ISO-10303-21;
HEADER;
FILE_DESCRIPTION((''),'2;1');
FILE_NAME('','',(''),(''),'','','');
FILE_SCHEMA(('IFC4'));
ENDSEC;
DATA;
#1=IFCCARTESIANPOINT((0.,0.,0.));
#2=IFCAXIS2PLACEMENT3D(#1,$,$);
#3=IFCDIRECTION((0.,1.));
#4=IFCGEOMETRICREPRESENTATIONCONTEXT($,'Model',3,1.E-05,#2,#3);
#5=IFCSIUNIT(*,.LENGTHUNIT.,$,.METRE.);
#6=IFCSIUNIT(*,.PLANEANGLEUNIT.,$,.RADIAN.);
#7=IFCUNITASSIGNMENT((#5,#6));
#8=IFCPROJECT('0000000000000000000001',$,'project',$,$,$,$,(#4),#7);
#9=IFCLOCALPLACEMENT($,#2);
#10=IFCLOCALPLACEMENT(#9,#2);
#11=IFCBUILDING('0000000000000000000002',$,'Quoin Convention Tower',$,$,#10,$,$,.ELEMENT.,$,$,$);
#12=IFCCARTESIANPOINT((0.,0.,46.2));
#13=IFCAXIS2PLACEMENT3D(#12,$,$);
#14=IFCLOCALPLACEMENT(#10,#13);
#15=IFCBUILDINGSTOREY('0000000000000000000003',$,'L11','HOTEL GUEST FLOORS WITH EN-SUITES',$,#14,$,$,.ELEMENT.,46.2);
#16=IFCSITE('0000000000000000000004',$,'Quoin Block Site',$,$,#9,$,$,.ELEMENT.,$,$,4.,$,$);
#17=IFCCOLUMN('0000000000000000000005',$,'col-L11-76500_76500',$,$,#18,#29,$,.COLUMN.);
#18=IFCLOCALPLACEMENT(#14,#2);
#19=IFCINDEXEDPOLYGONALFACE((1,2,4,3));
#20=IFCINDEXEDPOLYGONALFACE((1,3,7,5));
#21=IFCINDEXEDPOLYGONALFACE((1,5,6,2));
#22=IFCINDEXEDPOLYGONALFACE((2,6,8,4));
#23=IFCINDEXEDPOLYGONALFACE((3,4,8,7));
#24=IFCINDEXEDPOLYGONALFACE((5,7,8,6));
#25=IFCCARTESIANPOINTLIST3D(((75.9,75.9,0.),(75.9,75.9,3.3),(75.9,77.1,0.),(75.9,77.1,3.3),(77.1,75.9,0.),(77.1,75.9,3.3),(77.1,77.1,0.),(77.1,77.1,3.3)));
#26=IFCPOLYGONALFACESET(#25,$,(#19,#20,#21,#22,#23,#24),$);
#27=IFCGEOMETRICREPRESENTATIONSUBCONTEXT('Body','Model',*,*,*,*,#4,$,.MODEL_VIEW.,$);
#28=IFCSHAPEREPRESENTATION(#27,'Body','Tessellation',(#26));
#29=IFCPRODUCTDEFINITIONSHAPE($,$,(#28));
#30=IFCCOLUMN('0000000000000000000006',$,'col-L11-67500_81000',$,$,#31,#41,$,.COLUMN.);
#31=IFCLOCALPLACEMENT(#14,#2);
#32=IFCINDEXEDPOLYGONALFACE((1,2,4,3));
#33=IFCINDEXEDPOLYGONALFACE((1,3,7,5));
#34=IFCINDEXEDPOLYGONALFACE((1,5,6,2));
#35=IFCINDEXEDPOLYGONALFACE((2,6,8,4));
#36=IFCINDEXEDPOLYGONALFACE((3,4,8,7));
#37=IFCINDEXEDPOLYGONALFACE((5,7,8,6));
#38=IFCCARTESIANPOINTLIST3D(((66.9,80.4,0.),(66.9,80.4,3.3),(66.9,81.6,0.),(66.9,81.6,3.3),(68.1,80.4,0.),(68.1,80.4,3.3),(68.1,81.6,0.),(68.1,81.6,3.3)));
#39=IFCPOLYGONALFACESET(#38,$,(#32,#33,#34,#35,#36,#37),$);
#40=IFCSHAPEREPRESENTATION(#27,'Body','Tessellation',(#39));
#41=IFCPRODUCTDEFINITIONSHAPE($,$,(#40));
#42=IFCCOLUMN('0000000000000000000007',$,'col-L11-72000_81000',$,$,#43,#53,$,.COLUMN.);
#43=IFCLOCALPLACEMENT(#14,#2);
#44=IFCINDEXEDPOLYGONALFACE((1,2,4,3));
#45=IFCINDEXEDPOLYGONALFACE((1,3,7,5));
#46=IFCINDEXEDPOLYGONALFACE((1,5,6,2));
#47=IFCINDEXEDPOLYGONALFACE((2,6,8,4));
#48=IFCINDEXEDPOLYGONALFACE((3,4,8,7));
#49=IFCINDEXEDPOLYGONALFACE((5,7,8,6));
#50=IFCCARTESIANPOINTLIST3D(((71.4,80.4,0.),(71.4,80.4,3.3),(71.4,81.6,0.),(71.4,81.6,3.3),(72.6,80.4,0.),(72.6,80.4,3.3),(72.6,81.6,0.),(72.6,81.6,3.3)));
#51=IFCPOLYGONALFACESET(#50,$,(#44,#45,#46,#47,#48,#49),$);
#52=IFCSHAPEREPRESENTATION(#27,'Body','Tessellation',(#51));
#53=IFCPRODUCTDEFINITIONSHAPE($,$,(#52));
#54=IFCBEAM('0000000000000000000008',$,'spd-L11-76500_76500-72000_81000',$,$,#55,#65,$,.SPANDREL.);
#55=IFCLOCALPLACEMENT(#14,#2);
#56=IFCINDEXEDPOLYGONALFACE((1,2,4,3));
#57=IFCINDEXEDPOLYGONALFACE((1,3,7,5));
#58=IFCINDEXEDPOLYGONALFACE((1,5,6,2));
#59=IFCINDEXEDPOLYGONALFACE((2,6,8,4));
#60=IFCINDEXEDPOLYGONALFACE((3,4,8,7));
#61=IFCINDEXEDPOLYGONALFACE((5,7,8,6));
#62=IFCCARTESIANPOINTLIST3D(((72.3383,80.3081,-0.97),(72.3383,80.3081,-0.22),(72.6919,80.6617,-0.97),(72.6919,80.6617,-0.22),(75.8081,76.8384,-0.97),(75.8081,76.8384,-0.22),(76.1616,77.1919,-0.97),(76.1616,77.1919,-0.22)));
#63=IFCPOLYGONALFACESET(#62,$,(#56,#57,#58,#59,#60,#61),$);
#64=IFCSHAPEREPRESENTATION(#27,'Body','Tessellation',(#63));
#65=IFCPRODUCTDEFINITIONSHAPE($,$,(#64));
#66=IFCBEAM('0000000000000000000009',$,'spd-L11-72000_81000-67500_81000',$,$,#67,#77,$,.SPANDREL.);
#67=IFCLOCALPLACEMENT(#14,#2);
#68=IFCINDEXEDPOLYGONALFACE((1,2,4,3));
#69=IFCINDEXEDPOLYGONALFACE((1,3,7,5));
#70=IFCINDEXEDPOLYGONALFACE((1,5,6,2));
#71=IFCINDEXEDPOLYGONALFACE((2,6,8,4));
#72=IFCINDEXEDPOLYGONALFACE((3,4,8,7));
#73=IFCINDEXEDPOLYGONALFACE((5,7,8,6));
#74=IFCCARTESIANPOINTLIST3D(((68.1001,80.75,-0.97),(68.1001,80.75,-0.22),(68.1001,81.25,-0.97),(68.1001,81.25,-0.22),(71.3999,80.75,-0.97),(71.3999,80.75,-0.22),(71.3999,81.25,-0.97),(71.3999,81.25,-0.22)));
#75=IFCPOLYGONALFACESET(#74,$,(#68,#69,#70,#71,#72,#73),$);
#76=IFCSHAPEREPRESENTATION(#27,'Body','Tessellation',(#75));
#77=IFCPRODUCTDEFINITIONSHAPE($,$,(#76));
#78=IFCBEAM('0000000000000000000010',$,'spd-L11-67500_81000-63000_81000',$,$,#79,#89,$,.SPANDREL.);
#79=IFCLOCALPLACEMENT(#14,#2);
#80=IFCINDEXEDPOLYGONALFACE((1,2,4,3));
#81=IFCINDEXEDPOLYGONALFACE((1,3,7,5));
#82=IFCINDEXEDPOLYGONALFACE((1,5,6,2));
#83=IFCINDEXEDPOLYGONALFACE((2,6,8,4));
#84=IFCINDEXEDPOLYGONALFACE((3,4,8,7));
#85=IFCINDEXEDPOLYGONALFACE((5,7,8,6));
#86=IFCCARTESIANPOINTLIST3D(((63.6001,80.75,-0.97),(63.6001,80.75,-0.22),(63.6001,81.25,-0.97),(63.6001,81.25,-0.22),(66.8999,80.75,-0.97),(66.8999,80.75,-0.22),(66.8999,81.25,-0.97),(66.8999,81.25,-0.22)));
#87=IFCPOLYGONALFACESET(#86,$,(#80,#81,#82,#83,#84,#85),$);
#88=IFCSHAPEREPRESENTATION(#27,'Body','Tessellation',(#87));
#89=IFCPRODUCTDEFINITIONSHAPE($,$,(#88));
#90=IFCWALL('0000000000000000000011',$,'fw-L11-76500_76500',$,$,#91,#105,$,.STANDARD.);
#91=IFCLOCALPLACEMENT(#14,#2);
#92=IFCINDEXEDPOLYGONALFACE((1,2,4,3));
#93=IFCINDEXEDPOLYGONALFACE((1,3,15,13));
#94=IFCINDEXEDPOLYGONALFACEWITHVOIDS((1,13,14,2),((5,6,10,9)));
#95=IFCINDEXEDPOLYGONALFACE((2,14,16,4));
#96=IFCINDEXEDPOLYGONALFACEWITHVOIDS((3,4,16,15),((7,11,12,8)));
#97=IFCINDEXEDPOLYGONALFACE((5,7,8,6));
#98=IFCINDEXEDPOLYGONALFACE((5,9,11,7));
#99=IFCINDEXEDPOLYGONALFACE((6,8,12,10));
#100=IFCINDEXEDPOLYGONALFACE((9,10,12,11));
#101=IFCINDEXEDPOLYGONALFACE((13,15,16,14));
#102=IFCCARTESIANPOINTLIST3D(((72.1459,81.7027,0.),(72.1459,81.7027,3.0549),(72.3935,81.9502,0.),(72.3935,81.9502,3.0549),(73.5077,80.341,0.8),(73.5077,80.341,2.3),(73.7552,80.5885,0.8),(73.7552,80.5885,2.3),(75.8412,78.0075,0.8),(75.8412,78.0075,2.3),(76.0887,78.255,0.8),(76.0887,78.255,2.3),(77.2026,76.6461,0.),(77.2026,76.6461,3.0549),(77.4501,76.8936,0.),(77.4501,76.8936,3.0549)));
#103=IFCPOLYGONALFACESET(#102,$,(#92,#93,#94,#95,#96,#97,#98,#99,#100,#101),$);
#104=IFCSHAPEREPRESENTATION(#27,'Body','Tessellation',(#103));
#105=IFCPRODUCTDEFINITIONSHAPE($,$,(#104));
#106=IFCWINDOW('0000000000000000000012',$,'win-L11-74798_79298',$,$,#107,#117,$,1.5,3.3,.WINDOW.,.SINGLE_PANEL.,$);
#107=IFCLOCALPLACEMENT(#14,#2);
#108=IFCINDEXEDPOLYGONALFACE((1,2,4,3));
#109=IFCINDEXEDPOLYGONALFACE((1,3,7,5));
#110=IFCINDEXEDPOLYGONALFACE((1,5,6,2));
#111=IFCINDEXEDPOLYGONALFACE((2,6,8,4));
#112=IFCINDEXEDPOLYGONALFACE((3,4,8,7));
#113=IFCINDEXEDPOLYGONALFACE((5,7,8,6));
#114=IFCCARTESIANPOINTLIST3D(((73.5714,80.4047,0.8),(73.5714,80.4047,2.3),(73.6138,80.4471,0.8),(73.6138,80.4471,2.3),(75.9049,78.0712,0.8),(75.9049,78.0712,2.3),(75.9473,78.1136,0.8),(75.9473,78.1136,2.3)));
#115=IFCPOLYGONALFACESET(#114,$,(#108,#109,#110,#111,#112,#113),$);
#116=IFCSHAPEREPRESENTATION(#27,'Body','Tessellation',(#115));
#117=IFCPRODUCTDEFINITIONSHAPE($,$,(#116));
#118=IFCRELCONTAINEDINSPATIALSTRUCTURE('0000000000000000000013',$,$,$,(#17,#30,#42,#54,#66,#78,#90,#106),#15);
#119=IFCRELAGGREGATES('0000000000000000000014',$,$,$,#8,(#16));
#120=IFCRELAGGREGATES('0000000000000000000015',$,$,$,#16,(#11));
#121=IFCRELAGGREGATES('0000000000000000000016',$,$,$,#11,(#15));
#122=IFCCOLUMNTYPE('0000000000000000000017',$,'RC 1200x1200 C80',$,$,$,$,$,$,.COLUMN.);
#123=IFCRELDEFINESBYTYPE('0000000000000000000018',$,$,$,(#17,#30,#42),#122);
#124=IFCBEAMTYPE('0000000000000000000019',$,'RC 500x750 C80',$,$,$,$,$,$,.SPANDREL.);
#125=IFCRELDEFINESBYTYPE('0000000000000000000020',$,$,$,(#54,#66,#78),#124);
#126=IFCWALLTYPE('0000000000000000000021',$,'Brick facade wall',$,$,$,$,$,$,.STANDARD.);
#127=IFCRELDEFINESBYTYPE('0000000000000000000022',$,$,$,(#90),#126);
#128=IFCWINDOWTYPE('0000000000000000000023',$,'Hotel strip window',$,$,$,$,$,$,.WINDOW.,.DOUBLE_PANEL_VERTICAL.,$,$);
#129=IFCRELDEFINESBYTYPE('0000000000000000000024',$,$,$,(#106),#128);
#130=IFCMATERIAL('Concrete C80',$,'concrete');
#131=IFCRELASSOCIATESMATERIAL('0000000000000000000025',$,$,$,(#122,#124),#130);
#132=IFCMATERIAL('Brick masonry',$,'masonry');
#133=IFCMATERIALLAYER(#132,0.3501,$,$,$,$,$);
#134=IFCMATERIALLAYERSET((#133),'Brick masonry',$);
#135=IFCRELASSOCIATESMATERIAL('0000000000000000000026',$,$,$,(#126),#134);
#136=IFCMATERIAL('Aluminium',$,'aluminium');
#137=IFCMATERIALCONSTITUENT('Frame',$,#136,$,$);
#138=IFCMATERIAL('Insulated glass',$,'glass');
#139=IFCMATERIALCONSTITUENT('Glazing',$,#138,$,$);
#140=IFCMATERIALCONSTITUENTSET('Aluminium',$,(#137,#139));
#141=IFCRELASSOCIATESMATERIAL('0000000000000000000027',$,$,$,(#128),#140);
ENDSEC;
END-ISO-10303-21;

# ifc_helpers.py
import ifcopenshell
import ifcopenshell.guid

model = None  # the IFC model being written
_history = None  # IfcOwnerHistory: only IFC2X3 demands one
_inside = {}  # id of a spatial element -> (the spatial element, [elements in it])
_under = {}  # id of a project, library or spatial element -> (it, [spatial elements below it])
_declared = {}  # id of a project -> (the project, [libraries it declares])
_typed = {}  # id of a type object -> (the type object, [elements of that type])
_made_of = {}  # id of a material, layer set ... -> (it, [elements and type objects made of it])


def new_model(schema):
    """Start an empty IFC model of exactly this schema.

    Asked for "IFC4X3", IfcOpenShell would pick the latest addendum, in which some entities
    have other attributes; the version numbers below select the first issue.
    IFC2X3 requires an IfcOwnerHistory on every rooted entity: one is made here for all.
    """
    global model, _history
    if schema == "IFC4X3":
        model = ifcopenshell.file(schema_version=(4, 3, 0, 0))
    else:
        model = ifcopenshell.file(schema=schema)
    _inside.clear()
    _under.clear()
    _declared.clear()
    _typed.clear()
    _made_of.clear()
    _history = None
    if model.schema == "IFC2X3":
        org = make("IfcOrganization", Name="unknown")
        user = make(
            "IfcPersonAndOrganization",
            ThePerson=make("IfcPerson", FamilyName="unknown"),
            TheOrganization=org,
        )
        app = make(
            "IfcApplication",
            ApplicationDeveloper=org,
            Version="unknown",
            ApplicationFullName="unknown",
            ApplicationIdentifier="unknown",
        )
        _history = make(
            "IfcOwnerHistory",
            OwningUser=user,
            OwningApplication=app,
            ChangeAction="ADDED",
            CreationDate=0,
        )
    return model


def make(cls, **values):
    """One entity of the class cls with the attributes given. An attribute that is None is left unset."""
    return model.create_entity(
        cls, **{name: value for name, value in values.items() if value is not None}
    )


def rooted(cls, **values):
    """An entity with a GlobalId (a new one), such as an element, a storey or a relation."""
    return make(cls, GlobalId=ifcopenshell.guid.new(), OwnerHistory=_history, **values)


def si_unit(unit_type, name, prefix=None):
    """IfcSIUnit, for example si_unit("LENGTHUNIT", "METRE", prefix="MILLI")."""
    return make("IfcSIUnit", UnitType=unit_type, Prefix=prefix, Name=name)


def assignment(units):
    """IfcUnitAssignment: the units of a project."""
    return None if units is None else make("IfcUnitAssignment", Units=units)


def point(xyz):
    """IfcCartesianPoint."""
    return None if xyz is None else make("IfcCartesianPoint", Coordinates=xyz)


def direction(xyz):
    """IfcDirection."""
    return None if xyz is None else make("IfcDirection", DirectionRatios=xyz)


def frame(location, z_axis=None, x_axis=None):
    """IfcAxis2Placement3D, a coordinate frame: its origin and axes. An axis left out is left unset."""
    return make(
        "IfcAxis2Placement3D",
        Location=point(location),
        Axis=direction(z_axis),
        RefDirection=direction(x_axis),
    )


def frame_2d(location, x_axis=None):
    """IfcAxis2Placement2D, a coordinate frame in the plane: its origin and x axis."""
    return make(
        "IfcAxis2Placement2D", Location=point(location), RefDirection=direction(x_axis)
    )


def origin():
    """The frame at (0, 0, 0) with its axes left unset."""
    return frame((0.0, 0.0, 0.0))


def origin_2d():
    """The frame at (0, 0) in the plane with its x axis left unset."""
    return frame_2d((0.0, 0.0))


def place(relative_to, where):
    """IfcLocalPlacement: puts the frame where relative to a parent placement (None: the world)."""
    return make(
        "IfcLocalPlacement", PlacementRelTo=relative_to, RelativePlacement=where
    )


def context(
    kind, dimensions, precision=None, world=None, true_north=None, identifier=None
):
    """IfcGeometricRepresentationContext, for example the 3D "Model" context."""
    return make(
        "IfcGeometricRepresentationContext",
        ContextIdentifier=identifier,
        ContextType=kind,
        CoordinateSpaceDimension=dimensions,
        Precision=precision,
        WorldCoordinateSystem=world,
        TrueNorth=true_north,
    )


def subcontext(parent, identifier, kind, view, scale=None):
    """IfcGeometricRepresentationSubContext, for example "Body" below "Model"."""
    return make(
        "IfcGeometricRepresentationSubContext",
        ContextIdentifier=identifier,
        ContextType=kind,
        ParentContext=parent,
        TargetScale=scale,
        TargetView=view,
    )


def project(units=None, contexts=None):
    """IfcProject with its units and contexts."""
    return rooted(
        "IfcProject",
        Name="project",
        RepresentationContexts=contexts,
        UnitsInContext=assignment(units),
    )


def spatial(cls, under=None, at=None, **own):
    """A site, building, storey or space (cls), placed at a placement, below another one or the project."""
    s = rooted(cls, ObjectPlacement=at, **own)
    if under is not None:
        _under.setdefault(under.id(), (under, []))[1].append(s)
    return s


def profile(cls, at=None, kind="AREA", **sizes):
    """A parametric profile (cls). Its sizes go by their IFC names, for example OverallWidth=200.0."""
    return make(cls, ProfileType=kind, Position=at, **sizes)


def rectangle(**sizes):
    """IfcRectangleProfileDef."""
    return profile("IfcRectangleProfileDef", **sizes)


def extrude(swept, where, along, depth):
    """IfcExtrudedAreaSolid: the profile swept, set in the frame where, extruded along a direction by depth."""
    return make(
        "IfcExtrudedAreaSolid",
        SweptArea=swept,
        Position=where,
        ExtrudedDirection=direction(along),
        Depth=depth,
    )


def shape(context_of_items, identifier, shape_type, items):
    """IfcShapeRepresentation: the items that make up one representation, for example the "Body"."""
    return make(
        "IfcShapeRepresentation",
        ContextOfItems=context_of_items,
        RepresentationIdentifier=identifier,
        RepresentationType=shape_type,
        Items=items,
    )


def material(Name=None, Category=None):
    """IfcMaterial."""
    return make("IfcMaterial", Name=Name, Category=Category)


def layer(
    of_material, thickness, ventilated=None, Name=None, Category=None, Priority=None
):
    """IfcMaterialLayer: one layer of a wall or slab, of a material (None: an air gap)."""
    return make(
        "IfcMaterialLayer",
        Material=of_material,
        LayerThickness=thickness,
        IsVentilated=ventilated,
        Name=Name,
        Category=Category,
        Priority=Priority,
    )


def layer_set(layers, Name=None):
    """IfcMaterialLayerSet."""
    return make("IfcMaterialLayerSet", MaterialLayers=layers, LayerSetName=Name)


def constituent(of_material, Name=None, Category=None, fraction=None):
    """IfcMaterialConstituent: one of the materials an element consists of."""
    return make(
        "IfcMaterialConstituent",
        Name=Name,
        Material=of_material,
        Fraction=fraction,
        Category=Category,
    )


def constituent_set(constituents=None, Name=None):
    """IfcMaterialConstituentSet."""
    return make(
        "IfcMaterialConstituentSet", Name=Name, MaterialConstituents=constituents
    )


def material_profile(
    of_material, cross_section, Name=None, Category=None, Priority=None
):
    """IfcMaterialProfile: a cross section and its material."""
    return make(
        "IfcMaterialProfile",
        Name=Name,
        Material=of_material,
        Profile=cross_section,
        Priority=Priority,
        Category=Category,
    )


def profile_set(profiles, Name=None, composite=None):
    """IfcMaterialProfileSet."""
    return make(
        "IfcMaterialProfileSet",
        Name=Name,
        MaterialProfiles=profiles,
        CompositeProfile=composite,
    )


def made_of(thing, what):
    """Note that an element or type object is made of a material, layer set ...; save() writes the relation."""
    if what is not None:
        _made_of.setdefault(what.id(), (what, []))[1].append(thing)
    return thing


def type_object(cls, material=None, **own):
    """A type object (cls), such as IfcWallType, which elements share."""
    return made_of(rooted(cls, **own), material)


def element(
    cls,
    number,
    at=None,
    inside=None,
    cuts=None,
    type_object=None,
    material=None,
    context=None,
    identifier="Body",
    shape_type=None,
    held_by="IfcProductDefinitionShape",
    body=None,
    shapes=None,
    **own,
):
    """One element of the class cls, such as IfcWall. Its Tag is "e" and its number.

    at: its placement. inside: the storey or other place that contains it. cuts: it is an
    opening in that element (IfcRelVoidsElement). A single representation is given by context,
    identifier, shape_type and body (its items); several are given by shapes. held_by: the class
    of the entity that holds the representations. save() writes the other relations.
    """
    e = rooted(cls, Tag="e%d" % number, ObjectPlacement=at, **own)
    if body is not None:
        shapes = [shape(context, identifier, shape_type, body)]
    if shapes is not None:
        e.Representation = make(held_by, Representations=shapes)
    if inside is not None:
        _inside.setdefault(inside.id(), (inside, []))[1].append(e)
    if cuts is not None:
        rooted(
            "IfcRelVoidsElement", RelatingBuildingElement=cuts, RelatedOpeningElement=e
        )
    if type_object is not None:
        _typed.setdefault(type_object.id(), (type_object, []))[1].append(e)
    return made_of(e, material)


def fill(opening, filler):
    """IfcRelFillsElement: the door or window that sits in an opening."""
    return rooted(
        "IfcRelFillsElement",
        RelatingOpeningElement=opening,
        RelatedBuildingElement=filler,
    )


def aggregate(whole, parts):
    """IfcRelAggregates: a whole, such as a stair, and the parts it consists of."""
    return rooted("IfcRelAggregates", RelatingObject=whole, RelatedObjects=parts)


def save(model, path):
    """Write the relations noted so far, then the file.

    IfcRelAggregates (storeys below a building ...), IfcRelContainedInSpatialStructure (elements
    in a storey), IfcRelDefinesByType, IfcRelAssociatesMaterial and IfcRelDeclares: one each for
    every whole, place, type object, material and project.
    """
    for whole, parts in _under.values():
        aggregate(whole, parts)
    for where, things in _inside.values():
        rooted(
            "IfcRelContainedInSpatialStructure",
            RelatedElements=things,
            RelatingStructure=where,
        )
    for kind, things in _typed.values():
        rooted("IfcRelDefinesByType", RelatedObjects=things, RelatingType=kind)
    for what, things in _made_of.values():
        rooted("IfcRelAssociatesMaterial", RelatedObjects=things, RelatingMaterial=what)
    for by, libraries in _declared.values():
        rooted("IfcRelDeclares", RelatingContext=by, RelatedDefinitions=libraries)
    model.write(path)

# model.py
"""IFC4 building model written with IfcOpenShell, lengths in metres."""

from ifc_helpers import new_model, si_unit, direction, frame, frame_2d, origin, origin_2d, place, context, subcontext, project, spatial, rectangle, extrude, material, layer, layer_set, constituent, constituent_set, material_profile, profile_set, type_object, element, fill, save


model = new_model("IFC4")

# Units and contexts
model_context = context("Model", 3, precision=1e-05, world=origin(), true_north=direction((0.0, 1.0)))
body_context = subcontext(model_context, "Body", "Model", "MODEL_VIEW")
ifc_project = project(units=[si_unit("LENGTHUNIT", "METRE"), si_unit("PLANEANGLEUNIT", "RADIAN")], contexts=[model_context])

# Site, building, storey
site_placement = place(None, origin())
site = spatial("IfcSite", under=ifc_project, at=site_placement, Name="Quoin Block Site", CompositionType="ELEMENT", RefElevation=4.0)
building_placement = place(site_placement, origin())
building = spatial("IfcBuilding", under=site, at=building_placement, Name="Quoin Convention Tower", CompositionType="ELEMENT")
storey_placement = place(building_placement, frame((0.0, 0.0, 46.2)))
storey = spatial("IfcBuildingStorey", under=building, at=storey_placement, Name="L11", Description="HOTEL GUEST FLOORS WITH EN-SUITES", CompositionType="ELEMENT", Elevation=46.2)

# Columns
ifc_material_1 = material(Name="Concrete C80", Category="concrete")
ifc_material_profile_1 = material_profile(ifc_material_1, rectangle(XDim=1.2, YDim=1.2, at=origin_2d()), Name="RC 1200x1200")
ifc_profile_set_1 = profile_set([ifc_material_profile_1], Name="Concrete C80")
column_type = type_object("IfcColumnType", Name="RC 1200x1200 C80", PredefinedType="COLUMN", material=ifc_profile_set_1)
for number, where, z_axis, x_axis, name in (
    (1, (76.5, 76.5, 0.0), (0.0, 0.0, 1.0), (1.0, 0.0, 0.0), "col-L11-76500_76500"),
    (2, (67.5, 81.0, 0.0), (0.0, 0.0, 1.0), (1.0, 0.0, 0.0), "col-L11-67500_81000"),
    (3, (72.0, 81.0, 0.0), (0.0, 0.0, 1.0), (1.0, 0.0, 0.0), "col-L11-72000_81000"),
):
    element("IfcColumn", number, at=place(storey_placement, frame(where, z_axis=z_axis, x_axis=x_axis)), inside=storey, type_object=column_type, Name=name, PredefinedType="COLUMN", context=body_context, shape_type="SweptSolid", body=[
        extrude(rectangle(XDim=1.2, YDim=1.2, at=origin_2d()), origin(), (0.0, 0.0, 1.0), 3.3),
    ])

# Beams
ifc_material_profile_2 = material_profile(ifc_material_1, rectangle(XDim=0.5, YDim=0.75, at=origin_2d()), Name="RC 500x750")
ifc_profile_set_2 = profile_set([ifc_material_profile_2], Name="Concrete C80")
beam_type = type_object("IfcBeamType", Name="RC 500x750 C80", PredefinedType="SPANDREL", material=ifc_profile_set_2)
beam_placement = place(storey_placement, frame((75.9849, 77.0151, -0.595), z_axis=(-0.707107, 0.707107, 0.0), x_axis=(-0.707107, -0.707107, 0.0)))
element("IfcBeam", 4, at=beam_placement, inside=storey, type_object=beam_type, Name="spd-L11-76500_76500-72000_81000", PredefinedType="SPANDREL", context=body_context, shape_type="SweptSolid", body=[
    extrude(rectangle(XDim=0.5, YDim=0.75, at=origin_2d()), origin(), (0.0, 0.0, 1.0), 4.907),
])
for number, where, z_axis, x_axis, name in (
    (5, (71.3999, 81.0, -0.595), (-1.0, 0.0, 0.0), (0.0, -1.0, 0.0), "spd-L11-72000_81000-67500_81000"),
    (6, (66.8999, 81.0, -0.595), (-1.0, 0.0, 0.0), (0.0, -1.0, 0.0), "spd-L11-67500_81000-63000_81000"),
):
    element("IfcBeam", number, at=place(storey_placement, frame(where, z_axis=z_axis, x_axis=x_axis)), inside=storey, type_object=beam_type, Name=name, PredefinedType="SPANDREL", context=body_context, shape_type="SweptSolid", body=[
        extrude(rectangle(XDim=0.5, YDim=0.75, at=origin_2d()), origin(), (0.0, 0.0, 1.0), 3.2998),
    ])

# Wall, opening, window
ifc_material_2 = material(Name="Brick masonry", Category="masonry")
ifc_layer_1 = layer(ifc_material_2, 0.3501)
ifc_layer_set_1 = layer_set([ifc_layer_1], Name="Brick masonry")
wall_type_1 = type_object("IfcWallType", Name="Brick facade wall", PredefinedType="STANDARD", material=ifc_layer_set_1)
wall_1_placement = place(storey_placement, frame((77.3264, 76.7698, 0.0), z_axis=(0.0, 0.0, 1.0), x_axis=(-0.707107, 0.707107, 0.0)))
wall_1 = element("IfcWall", 7, at=wall_1_placement, inside=storey, type_object=wall_type_1, Name="fw-L11-76500_76500", PredefinedType="STANDARD", context=body_context, shape_type="SweptSolid", body=[
    extrude(rectangle(XDim=7.1511, YDim=0.3501, at=frame_2d((3.5757, 0.0))), origin(), (0.0, 0.0, 1.0), 3.0549),
])
opening_1_placement = place(wall_1_placement, frame((1.9255, 0.0, 0.8)))
opening_1 = element("IfcOpeningElement", 8, at=opening_1_placement, cuts=wall_1, PredefinedType="OPENING", context=body_context, shape_type="SweptSolid", body=[
    extrude(rectangle(XDim=3.3, YDim=1.5, at=frame_2d((1.6499, 0.75))), frame((0.0, 0.1851, 0.0), z_axis=(0.0, -1.0, 0.0), x_axis=(1.0, 0.0, 0.0)), (0.0, 0.0, 1.0), 0.3701),
])
ifc_material_3 = material(Name="Aluminium", Category="aluminium")
ifc_constituent_1 = constituent(ifc_material_3, Name="Frame")
ifc_material_4 = material(Name="Insulated glass", Category="glass")
ifc_constituent_2 = constituent(ifc_material_4, Name="Glazing")
ifc_constituent_set = constituent_set(constituents=[ifc_constituent_1, ifc_constituent_2], Name="Aluminium")
window_type = type_object("IfcWindowType", Name="Hotel strip window", PartitioningType="DOUBLE_PANEL_VERTICAL", PredefinedType="WINDOW", material=ifc_constituent_set)
window_1_placement = place(opening_1_placement, origin())
window_1 = element("IfcWindow", 9, at=window_1_placement, inside=storey, type_object=window_type, Name="win-L11-74798_79298", OverallHeight=1.5, OverallWidth=3.3, PartitioningType="SINGLE_PANEL", PredefinedType="WINDOW", context=body_context, shape_type="SweptSolid", body=[
    extrude(rectangle(XDim=3.3, YDim=1.5, at=frame_2d((1.6499, 0.75))), frame((0.0, 0.085, 0.0), z_axis=(0.0, -1.0, 0.0), x_axis=(1.0, 0.0, 0.0)), (0.0, 0.0, 1.0), 0.0601),
])
fill(opening_1, window_1)

save(model, "model.ifc")
